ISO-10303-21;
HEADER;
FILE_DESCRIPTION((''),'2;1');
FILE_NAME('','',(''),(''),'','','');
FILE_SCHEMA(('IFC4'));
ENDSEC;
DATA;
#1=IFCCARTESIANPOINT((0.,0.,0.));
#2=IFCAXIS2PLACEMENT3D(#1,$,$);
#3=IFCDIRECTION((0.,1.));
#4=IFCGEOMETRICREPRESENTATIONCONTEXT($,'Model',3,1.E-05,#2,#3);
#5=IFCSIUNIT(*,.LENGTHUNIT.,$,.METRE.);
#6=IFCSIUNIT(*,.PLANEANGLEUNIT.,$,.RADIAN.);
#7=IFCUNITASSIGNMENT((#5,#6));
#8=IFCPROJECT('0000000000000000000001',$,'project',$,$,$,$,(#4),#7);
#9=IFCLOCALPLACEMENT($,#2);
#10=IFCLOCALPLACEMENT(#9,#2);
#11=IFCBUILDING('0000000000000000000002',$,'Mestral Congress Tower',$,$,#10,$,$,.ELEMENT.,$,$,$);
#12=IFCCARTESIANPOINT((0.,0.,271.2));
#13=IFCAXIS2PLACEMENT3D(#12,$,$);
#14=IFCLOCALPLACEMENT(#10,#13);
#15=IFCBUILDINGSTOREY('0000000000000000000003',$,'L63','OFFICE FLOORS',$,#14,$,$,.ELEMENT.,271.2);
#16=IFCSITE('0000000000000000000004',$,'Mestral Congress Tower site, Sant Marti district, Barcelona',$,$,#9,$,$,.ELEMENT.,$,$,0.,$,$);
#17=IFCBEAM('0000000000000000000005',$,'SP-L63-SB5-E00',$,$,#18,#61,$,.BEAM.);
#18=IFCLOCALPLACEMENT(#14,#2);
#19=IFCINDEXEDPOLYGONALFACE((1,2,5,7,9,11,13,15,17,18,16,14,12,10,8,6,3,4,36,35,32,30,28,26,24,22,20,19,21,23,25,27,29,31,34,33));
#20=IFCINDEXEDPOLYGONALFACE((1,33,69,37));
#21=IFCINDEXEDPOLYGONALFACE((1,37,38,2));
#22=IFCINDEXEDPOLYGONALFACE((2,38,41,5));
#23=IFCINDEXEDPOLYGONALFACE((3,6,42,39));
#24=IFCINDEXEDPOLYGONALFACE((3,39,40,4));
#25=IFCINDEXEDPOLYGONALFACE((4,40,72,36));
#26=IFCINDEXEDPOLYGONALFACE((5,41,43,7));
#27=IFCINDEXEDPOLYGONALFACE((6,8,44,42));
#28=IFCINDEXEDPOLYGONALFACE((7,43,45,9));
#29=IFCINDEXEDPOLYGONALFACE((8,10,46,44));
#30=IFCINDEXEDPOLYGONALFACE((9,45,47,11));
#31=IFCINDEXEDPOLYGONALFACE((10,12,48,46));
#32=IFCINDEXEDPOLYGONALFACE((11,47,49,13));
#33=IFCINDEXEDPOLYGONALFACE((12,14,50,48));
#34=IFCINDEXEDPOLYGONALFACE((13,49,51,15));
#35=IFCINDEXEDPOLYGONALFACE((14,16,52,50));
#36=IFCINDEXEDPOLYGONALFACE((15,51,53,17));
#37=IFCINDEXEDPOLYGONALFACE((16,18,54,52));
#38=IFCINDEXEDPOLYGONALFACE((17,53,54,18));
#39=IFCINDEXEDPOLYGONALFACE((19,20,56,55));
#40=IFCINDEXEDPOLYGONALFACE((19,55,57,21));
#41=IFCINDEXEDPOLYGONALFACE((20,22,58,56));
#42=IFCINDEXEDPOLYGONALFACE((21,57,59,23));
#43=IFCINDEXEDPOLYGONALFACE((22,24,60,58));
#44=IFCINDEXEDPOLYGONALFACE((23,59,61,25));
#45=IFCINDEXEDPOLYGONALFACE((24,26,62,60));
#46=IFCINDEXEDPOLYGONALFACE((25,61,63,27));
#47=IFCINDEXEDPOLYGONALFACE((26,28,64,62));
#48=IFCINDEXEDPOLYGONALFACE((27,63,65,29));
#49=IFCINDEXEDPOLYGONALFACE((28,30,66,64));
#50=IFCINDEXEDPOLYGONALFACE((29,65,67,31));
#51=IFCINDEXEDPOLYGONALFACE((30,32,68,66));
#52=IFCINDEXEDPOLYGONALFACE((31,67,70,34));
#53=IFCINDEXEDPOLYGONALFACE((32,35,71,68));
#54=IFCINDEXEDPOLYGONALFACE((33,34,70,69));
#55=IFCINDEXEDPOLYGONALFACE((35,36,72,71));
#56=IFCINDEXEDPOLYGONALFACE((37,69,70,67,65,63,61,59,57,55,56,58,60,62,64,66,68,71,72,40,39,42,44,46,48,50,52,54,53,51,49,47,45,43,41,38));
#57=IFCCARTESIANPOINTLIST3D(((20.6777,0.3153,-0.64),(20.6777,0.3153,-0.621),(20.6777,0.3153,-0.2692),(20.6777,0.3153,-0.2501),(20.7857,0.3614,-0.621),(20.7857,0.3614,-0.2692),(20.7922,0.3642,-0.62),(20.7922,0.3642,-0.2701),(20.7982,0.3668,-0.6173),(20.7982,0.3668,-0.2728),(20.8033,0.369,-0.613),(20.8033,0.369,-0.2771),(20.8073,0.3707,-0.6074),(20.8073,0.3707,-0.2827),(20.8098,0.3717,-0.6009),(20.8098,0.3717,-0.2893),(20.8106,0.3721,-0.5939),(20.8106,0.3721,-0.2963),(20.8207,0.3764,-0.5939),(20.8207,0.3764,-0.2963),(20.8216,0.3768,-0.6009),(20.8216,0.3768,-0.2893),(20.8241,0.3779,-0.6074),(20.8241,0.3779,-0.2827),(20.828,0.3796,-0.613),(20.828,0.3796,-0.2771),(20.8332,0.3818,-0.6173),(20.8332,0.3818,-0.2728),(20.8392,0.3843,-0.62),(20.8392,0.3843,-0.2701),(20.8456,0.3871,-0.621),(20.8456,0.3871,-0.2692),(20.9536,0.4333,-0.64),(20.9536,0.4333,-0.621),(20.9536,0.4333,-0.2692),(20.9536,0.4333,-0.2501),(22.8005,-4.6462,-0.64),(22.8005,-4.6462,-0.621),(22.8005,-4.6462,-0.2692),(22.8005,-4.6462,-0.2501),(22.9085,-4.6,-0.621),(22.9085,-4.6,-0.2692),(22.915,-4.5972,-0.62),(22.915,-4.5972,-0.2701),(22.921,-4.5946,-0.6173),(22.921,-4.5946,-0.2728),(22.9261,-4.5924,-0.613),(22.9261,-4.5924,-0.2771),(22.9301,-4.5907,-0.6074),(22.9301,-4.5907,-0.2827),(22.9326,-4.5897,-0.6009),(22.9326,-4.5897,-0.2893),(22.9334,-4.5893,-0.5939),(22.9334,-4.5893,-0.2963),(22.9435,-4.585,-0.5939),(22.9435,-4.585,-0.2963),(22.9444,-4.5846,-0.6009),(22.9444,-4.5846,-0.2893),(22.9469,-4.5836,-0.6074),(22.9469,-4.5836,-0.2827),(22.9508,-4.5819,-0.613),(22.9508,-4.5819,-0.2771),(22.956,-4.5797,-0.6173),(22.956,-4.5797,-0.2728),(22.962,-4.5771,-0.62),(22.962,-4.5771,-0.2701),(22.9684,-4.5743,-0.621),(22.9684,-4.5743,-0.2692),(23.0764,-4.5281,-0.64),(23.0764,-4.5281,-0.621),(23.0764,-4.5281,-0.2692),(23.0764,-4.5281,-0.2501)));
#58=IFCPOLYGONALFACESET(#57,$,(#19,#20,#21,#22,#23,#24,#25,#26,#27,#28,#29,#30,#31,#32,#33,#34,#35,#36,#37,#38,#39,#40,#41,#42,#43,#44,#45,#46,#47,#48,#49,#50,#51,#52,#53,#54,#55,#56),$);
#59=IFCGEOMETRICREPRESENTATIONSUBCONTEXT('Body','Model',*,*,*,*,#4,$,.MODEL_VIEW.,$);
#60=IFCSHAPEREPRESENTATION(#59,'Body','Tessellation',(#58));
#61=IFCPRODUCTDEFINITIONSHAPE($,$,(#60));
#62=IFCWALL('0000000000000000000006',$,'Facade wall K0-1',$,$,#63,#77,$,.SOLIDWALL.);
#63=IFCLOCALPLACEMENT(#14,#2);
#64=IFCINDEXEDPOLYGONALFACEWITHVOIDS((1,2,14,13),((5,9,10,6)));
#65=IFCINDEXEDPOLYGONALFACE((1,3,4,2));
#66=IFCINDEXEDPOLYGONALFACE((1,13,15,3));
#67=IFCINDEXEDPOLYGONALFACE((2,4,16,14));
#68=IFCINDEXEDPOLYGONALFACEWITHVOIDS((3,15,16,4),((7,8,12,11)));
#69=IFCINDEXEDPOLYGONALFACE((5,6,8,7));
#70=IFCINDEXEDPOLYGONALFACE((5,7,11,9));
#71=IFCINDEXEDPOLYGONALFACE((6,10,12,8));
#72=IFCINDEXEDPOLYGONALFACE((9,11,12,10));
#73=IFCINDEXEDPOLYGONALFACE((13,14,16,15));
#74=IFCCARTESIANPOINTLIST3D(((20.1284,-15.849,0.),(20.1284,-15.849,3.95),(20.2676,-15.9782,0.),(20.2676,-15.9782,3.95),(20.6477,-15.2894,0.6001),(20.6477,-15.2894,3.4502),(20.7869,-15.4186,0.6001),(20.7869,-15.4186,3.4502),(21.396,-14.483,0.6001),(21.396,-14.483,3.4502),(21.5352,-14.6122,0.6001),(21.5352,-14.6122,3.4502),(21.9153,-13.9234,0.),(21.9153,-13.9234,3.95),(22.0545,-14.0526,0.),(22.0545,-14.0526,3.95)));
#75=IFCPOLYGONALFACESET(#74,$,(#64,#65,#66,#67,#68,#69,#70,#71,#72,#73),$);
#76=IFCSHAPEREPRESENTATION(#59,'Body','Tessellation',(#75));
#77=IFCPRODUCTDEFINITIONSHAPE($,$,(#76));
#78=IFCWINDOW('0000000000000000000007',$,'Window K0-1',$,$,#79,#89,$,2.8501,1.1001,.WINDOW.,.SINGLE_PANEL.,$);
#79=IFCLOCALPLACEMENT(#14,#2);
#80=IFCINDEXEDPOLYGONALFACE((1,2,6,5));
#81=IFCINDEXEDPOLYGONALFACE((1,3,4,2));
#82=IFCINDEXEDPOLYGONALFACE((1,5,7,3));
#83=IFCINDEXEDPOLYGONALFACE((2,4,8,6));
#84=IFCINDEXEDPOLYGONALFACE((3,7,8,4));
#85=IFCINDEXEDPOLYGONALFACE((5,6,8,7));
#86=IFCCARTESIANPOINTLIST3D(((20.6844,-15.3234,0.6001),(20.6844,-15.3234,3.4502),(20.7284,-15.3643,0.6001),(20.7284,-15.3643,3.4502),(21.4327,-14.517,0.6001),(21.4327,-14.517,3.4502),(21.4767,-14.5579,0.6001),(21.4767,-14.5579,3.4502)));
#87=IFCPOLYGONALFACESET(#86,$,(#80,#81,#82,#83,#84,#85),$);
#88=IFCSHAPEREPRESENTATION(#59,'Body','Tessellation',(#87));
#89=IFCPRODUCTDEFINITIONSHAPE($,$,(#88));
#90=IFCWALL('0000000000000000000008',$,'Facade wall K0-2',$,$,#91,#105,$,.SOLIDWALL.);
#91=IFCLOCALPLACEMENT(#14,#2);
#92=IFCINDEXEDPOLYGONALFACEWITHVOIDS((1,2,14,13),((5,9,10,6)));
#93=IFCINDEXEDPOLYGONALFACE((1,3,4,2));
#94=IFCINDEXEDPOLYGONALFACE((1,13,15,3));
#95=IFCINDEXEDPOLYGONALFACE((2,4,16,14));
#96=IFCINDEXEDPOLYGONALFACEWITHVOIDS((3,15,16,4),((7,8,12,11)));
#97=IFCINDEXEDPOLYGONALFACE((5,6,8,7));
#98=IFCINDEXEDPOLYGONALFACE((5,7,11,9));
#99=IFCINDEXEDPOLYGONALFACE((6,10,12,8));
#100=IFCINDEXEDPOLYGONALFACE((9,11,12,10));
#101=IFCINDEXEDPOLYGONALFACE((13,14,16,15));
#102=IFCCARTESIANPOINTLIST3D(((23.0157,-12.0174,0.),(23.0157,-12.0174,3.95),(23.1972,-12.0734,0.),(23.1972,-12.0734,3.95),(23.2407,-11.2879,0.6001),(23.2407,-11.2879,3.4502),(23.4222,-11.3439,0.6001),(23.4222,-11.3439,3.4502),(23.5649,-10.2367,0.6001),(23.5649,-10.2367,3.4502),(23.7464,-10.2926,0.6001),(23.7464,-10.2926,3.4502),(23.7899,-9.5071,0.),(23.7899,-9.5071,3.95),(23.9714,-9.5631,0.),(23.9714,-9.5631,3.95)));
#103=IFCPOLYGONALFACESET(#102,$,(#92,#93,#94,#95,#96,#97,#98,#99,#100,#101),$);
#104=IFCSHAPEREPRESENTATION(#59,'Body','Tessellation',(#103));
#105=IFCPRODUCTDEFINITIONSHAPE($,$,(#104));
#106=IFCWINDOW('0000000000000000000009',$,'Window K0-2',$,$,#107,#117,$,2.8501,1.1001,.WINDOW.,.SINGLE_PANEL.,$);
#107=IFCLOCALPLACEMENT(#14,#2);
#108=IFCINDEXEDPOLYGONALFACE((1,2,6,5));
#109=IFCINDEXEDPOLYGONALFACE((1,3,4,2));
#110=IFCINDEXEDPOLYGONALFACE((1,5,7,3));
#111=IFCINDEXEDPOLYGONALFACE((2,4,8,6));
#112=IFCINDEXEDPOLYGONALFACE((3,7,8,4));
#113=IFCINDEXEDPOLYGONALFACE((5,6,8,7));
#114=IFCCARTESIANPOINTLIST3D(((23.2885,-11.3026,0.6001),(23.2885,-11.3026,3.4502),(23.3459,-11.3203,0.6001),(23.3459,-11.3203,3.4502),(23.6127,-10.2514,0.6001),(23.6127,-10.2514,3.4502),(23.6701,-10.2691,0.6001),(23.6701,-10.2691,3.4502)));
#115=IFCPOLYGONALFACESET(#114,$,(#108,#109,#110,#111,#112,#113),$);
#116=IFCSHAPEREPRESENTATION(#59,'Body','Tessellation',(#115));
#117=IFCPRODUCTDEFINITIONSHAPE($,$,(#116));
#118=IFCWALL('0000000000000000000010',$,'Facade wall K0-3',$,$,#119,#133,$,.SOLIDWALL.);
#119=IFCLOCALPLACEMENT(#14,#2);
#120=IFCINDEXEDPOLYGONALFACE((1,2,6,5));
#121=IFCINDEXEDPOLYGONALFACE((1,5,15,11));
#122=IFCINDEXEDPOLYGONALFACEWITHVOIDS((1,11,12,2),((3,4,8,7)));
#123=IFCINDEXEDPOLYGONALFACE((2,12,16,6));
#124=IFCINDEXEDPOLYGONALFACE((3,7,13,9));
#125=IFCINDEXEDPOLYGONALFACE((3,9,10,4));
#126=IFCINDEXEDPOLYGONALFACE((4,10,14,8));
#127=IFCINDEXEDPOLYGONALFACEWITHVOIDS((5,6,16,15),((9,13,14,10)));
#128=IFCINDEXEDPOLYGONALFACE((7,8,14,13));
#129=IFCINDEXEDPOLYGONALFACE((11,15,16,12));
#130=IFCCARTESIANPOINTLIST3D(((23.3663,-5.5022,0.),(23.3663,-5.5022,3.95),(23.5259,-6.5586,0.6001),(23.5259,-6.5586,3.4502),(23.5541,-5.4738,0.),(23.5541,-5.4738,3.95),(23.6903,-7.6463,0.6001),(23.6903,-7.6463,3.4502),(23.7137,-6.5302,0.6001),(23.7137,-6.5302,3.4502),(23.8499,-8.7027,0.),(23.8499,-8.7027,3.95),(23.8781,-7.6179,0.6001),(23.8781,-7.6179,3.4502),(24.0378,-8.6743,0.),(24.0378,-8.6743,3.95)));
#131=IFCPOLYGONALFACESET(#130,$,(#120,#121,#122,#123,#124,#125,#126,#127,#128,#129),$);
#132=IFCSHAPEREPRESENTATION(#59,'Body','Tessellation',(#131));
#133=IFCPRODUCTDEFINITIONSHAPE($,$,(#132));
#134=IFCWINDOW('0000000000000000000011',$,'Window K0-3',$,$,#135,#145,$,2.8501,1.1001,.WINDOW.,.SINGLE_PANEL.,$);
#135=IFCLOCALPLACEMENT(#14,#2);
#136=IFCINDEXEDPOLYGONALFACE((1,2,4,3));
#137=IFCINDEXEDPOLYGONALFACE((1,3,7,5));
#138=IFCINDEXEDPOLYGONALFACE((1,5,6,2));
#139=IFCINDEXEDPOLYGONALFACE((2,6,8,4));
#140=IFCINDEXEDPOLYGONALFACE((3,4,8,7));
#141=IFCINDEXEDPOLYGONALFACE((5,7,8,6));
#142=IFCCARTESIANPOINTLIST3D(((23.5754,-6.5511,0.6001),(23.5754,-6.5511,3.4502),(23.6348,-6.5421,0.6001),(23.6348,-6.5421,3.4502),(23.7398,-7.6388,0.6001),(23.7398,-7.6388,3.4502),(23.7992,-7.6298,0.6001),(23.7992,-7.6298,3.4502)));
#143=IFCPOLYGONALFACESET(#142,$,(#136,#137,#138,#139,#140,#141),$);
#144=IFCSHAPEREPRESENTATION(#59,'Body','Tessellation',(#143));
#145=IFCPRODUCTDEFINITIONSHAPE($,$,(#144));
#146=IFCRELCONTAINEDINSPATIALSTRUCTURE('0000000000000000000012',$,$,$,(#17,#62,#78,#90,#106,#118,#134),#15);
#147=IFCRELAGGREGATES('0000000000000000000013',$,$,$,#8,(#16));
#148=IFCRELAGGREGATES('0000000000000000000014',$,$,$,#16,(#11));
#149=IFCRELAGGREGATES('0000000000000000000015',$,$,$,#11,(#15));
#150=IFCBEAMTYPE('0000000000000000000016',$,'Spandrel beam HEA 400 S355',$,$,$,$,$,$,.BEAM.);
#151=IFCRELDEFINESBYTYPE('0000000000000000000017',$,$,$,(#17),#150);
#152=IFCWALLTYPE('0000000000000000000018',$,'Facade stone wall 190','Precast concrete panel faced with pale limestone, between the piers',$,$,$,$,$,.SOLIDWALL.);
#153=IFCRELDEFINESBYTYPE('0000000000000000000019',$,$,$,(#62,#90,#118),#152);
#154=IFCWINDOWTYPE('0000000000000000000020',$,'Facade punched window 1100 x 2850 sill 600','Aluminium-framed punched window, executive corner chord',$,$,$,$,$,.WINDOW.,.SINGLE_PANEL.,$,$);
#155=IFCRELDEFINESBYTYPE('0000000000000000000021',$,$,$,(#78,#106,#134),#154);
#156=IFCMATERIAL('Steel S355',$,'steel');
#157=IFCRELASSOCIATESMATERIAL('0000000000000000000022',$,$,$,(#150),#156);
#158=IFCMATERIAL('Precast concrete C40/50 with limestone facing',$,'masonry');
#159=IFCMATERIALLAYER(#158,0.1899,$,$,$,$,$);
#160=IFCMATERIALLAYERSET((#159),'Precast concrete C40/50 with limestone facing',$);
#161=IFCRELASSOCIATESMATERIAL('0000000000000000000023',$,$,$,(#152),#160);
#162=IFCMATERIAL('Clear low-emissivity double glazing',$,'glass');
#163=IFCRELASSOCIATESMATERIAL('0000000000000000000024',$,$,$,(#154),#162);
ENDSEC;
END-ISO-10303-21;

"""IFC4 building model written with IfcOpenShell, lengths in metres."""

from ifc_helpers import new_model, si_unit, direction, frame, frame_2d, origin, origin_2d, place, context, subcontext, project, spatial, rectangle, i_section, extrude, material, layer, layer_set, material_profile, profile_set, type_object, element, fill, save


model = new_model("IFC4")

# Units and contexts
model_context = context("Model", 3, precision=1e-05, world=origin(), true_north=direction((0.0, 1.0)))
body_context = subcontext(model_context, "Body", "Model", "MODEL_VIEW")
ifc_project = project(units=[si_unit("LENGTHUNIT", "METRE"), si_unit("PLANEANGLEUNIT", "RADIAN")], contexts=[model_context])

# Site, building, storey
site_placement = place(None, origin())
site = spatial("IfcSite", under=ifc_project, at=site_placement, Name="Mestral Congress Tower site, Sant Marti district, Barcelona", CompositionType="ELEMENT", RefElevation=0.0)
building_placement = place(site_placement, origin())
building = spatial("IfcBuilding", under=site, at=building_placement, Name="Mestral Congress Tower", CompositionType="ELEMENT")
storey_placement = place(building_placement, frame((0.0, 0.0, 271.2)))
storey = spatial("IfcBuildingStorey", under=building, at=storey_placement, Name="L63", Description="OFFICE FLOORS", CompositionType="ELEMENT", Elevation=271.2)

# Beam
ifc_material_1 = material(Name="Steel S355", Category="steel")
ifc_material_profile_1 = material_profile(ifc_material_1, i_section(OverallWidth=0.3, OverallDepth=0.3899, WebThickness=0.011, FlangeThickness=0.019, FilletRadius=0.0271, at=origin_2d()), Name="HEA 400")
ifc_profile_set_1 = profile_set([ifc_material_profile_1], Name="Steel S355")
beam_type_1 = type_object("IfcBeamType", Name="Spandrel beam HEA 400 S355", PredefinedType="BEAM", material=ifc_profile_set_1)
beam_1_placement = place(storey_placement, frame((22.9385, -4.5872, -0.4451), z_axis=(-0.393368, 0.919381, 0.0), x_axis=(-0.919381, -0.393368, 0.0)))
element("IfcBeam", 1, at=beam_1_placement, inside=storey, type_object=beam_type_1, Name="SP-L63-SB5-E00", PredefinedType="BEAM", context=body_context, shape_type="SweptSolid", body=[
    extrude(i_section(OverallWidth=0.3, OverallDepth=0.3899, WebThickness=0.011, FlangeThickness=0.019, FilletRadius=0.0271, at=origin_2d()), origin(), (0.0, 0.0, 1.0), 5.3965),
])

# Walls, openings, windows
ifc_material_2 = material(Name="Precast concrete C40/50 with limestone facing", Category="masonry")
ifc_layer_1 = layer(ifc_material_2, 0.1899)
ifc_layer_set_1 = layer_set([ifc_layer_1], Name="Precast concrete C40/50 with limestone facing")
wall_type_1 = type_object("IfcWallType", Name="Facade stone wall 190", Description="Precast concrete panel faced with pale limestone, between the piers", PredefinedType="SOLIDWALL", material=ifc_layer_set_1)
wall_1_placement = place(storey_placement, frame((20.198, -15.9136, 0.0), z_axis=(0.0, 0.0, 1.0), x_axis=(0.680219, 0.733009, 0.0)))
wall_1 = element("IfcWall", 2, at=wall_1_placement, inside=storey, type_object=wall_type_1, Name="Facade wall K0-1", PredefinedType="SOLIDWALL", context=body_context, shape_type="SweptSolid", body=[
    extrude(rectangle(XDim=2.627, YDim=0.1899, at=frame_2d((1.3135, 0.0))), origin(), (0.0, 0.0, 1.0), 3.95),
])
opening_1_placement = place(wall_1_placement, frame((0.7634, 0.0, 0.6001)))
opening_1 = element("IfcOpeningElement", 3, at=opening_1_placement, cuts=wall_1, PredefinedType="OPENING", context=body_context, shape_type="SweptSolid", body=[
    extrude(rectangle(XDim=1.1001, YDim=2.8501, at=frame_2d((0.55, 1.425))), frame((0.0, 0.105, 0.0), z_axis=(0.0, -1.0, 0.0), x_axis=(1.0, 0.0, 0.0)), (0.0, 0.0, 1.0), 0.21),
])
ifc_material_3 = material(Name="Clear low-emissivity double glazing", Category="glass")
window_type_1 = type_object("IfcWindowType", Name="Facade punched window 1100 x 2850 sill 600", Description="Aluminium-framed punched window, executive corner chord", PartitioningType="SINGLE_PANEL", PredefinedType="WINDOW", material=ifc_material_3)
window_1_placement = place(opening_1_placement, origin())
window_1 = element("IfcWindow", 4, at=window_1_placement, inside=storey, type_object=window_type_1, Name="Window K0-1", OverallHeight=2.8501, OverallWidth=1.1001, PartitioningType="SINGLE_PANEL", PredefinedType="WINDOW", context=body_context, shape_type="SweptSolid", body=[
    extrude(rectangle(XDim=1.1001, YDim=2.8501, at=frame_2d((0.55, 1.425))), frame((0.0, 0.0449, 0.0), z_axis=(0.0, -1.0, 0.0), x_axis=(1.0, 0.0, 0.0)), (0.0, 0.0, 1.0), 0.0601),
])
fill(opening_1, window_1)
wall_2_placement = place(storey_placement, frame((23.1064, -12.0454, 0.0), z_axis=(0.0, 0.0, 1.0), x_axis=(0.294706, 0.955588, 0.0)))
wall_2 = element("IfcWall", 5, at=wall_2_placement, inside=storey, type_object=wall_type_1, Name="Facade wall K0-2", PredefinedType="SOLIDWALL", context=body_context, shape_type="SweptSolid", body=[
    extrude(rectangle(XDim=2.627, YDim=0.1899, at=frame_2d((1.3135, 0.0))), origin(), (0.0, 0.0, 1.0), 3.95),
])
opening_2_placement = place(wall_2_placement, frame((0.7634, 0.0, 0.6001)))
opening_2 = element("IfcOpeningElement", 6, at=opening_2_placement, cuts=wall_2, PredefinedType="OPENING", context=body_context, shape_type="SweptSolid", body=[
    extrude(rectangle(XDim=1.1001, YDim=2.8501, at=frame_2d((0.55, 1.425))), frame((0.0, 0.105, 0.0), z_axis=(0.0, -1.0, 0.0), x_axis=(1.0, 0.0, 0.0)), (0.0, 0.0, 1.0), 0.21),
])
window_2_placement = place(opening_2_placement, origin())
window_2 = element("IfcWindow", 7, at=window_2_placement, inside=storey, type_object=window_type_1, Name="Window K0-2", OverallHeight=2.8501, OverallWidth=1.1001, PartitioningType="SINGLE_PANEL", PredefinedType="WINDOW", context=body_context, shape_type="SweptSolid", body=[
    extrude(rectangle(XDim=1.1001, YDim=2.8501, at=frame_2d((0.55, 1.425))), frame((0.0, 0.0449, 0.0), z_axis=(0.0, -1.0, 0.0), x_axis=(1.0, 0.0, 0.0)), (0.0, 0.0, 1.0), 0.0601),
])
fill(opening_2, window_2)
wall_3_placement = place(storey_placement, frame((23.9438, -8.6885, 0.0), z_axis=(0.0, 0.0, 1.0), x_axis=(-0.149421, 0.988774, 0.0)))
wall_3 = element("IfcWall", 8, at=wall_3_placement, inside=storey, type_object=wall_type_1, Name="Facade wall K0-3", PredefinedType="SOLIDWALL", context=body_context, shape_type="SweptSolid", body=[
    extrude(rectangle(XDim=3.2368, YDim=0.1899, at=frame_2d((1.6184, 0.0))), origin(), (0.0, 0.0, 1.0), 3.95),
])
opening_3_placement = place(wall_3_placement, frame((1.0684, 0.0, 0.6001)))
opening_3 = element("IfcOpeningElement", 9, at=opening_3_placement, cuts=wall_3, PredefinedType="OPENING", context=body_context, shape_type="SweptSolid", body=[
    extrude(rectangle(XDim=1.1001, YDim=2.8501, at=frame_2d((0.55, 1.425))), frame((0.0, 0.105, 0.0), z_axis=(0.0, -1.0, 0.0), x_axis=(1.0, 0.0, 0.0)), (0.0, 0.0, 1.0), 0.21),
])
window_3_placement = place(opening_3_placement, origin())
window_3 = element("IfcWindow", 10, at=window_3_placement, inside=storey, type_object=window_type_1, Name="Window K0-3", OverallHeight=2.8501, OverallWidth=1.1001, PartitioningType="SINGLE_PANEL", PredefinedType="WINDOW", context=body_context, shape_type="SweptSolid", body=[
    extrude(rectangle(XDim=1.1001, YDim=2.8501, at=frame_2d((0.55, 1.425))), frame((0.0, 0.0449, 0.0), z_axis=(0.0, -1.0, 0.0), x_axis=(1.0, 0.0, 0.0)), (0.0, 0.0, 1.0), 0.0601),
])
fill(opening_3, window_3)

save(model, "model.ifc")
